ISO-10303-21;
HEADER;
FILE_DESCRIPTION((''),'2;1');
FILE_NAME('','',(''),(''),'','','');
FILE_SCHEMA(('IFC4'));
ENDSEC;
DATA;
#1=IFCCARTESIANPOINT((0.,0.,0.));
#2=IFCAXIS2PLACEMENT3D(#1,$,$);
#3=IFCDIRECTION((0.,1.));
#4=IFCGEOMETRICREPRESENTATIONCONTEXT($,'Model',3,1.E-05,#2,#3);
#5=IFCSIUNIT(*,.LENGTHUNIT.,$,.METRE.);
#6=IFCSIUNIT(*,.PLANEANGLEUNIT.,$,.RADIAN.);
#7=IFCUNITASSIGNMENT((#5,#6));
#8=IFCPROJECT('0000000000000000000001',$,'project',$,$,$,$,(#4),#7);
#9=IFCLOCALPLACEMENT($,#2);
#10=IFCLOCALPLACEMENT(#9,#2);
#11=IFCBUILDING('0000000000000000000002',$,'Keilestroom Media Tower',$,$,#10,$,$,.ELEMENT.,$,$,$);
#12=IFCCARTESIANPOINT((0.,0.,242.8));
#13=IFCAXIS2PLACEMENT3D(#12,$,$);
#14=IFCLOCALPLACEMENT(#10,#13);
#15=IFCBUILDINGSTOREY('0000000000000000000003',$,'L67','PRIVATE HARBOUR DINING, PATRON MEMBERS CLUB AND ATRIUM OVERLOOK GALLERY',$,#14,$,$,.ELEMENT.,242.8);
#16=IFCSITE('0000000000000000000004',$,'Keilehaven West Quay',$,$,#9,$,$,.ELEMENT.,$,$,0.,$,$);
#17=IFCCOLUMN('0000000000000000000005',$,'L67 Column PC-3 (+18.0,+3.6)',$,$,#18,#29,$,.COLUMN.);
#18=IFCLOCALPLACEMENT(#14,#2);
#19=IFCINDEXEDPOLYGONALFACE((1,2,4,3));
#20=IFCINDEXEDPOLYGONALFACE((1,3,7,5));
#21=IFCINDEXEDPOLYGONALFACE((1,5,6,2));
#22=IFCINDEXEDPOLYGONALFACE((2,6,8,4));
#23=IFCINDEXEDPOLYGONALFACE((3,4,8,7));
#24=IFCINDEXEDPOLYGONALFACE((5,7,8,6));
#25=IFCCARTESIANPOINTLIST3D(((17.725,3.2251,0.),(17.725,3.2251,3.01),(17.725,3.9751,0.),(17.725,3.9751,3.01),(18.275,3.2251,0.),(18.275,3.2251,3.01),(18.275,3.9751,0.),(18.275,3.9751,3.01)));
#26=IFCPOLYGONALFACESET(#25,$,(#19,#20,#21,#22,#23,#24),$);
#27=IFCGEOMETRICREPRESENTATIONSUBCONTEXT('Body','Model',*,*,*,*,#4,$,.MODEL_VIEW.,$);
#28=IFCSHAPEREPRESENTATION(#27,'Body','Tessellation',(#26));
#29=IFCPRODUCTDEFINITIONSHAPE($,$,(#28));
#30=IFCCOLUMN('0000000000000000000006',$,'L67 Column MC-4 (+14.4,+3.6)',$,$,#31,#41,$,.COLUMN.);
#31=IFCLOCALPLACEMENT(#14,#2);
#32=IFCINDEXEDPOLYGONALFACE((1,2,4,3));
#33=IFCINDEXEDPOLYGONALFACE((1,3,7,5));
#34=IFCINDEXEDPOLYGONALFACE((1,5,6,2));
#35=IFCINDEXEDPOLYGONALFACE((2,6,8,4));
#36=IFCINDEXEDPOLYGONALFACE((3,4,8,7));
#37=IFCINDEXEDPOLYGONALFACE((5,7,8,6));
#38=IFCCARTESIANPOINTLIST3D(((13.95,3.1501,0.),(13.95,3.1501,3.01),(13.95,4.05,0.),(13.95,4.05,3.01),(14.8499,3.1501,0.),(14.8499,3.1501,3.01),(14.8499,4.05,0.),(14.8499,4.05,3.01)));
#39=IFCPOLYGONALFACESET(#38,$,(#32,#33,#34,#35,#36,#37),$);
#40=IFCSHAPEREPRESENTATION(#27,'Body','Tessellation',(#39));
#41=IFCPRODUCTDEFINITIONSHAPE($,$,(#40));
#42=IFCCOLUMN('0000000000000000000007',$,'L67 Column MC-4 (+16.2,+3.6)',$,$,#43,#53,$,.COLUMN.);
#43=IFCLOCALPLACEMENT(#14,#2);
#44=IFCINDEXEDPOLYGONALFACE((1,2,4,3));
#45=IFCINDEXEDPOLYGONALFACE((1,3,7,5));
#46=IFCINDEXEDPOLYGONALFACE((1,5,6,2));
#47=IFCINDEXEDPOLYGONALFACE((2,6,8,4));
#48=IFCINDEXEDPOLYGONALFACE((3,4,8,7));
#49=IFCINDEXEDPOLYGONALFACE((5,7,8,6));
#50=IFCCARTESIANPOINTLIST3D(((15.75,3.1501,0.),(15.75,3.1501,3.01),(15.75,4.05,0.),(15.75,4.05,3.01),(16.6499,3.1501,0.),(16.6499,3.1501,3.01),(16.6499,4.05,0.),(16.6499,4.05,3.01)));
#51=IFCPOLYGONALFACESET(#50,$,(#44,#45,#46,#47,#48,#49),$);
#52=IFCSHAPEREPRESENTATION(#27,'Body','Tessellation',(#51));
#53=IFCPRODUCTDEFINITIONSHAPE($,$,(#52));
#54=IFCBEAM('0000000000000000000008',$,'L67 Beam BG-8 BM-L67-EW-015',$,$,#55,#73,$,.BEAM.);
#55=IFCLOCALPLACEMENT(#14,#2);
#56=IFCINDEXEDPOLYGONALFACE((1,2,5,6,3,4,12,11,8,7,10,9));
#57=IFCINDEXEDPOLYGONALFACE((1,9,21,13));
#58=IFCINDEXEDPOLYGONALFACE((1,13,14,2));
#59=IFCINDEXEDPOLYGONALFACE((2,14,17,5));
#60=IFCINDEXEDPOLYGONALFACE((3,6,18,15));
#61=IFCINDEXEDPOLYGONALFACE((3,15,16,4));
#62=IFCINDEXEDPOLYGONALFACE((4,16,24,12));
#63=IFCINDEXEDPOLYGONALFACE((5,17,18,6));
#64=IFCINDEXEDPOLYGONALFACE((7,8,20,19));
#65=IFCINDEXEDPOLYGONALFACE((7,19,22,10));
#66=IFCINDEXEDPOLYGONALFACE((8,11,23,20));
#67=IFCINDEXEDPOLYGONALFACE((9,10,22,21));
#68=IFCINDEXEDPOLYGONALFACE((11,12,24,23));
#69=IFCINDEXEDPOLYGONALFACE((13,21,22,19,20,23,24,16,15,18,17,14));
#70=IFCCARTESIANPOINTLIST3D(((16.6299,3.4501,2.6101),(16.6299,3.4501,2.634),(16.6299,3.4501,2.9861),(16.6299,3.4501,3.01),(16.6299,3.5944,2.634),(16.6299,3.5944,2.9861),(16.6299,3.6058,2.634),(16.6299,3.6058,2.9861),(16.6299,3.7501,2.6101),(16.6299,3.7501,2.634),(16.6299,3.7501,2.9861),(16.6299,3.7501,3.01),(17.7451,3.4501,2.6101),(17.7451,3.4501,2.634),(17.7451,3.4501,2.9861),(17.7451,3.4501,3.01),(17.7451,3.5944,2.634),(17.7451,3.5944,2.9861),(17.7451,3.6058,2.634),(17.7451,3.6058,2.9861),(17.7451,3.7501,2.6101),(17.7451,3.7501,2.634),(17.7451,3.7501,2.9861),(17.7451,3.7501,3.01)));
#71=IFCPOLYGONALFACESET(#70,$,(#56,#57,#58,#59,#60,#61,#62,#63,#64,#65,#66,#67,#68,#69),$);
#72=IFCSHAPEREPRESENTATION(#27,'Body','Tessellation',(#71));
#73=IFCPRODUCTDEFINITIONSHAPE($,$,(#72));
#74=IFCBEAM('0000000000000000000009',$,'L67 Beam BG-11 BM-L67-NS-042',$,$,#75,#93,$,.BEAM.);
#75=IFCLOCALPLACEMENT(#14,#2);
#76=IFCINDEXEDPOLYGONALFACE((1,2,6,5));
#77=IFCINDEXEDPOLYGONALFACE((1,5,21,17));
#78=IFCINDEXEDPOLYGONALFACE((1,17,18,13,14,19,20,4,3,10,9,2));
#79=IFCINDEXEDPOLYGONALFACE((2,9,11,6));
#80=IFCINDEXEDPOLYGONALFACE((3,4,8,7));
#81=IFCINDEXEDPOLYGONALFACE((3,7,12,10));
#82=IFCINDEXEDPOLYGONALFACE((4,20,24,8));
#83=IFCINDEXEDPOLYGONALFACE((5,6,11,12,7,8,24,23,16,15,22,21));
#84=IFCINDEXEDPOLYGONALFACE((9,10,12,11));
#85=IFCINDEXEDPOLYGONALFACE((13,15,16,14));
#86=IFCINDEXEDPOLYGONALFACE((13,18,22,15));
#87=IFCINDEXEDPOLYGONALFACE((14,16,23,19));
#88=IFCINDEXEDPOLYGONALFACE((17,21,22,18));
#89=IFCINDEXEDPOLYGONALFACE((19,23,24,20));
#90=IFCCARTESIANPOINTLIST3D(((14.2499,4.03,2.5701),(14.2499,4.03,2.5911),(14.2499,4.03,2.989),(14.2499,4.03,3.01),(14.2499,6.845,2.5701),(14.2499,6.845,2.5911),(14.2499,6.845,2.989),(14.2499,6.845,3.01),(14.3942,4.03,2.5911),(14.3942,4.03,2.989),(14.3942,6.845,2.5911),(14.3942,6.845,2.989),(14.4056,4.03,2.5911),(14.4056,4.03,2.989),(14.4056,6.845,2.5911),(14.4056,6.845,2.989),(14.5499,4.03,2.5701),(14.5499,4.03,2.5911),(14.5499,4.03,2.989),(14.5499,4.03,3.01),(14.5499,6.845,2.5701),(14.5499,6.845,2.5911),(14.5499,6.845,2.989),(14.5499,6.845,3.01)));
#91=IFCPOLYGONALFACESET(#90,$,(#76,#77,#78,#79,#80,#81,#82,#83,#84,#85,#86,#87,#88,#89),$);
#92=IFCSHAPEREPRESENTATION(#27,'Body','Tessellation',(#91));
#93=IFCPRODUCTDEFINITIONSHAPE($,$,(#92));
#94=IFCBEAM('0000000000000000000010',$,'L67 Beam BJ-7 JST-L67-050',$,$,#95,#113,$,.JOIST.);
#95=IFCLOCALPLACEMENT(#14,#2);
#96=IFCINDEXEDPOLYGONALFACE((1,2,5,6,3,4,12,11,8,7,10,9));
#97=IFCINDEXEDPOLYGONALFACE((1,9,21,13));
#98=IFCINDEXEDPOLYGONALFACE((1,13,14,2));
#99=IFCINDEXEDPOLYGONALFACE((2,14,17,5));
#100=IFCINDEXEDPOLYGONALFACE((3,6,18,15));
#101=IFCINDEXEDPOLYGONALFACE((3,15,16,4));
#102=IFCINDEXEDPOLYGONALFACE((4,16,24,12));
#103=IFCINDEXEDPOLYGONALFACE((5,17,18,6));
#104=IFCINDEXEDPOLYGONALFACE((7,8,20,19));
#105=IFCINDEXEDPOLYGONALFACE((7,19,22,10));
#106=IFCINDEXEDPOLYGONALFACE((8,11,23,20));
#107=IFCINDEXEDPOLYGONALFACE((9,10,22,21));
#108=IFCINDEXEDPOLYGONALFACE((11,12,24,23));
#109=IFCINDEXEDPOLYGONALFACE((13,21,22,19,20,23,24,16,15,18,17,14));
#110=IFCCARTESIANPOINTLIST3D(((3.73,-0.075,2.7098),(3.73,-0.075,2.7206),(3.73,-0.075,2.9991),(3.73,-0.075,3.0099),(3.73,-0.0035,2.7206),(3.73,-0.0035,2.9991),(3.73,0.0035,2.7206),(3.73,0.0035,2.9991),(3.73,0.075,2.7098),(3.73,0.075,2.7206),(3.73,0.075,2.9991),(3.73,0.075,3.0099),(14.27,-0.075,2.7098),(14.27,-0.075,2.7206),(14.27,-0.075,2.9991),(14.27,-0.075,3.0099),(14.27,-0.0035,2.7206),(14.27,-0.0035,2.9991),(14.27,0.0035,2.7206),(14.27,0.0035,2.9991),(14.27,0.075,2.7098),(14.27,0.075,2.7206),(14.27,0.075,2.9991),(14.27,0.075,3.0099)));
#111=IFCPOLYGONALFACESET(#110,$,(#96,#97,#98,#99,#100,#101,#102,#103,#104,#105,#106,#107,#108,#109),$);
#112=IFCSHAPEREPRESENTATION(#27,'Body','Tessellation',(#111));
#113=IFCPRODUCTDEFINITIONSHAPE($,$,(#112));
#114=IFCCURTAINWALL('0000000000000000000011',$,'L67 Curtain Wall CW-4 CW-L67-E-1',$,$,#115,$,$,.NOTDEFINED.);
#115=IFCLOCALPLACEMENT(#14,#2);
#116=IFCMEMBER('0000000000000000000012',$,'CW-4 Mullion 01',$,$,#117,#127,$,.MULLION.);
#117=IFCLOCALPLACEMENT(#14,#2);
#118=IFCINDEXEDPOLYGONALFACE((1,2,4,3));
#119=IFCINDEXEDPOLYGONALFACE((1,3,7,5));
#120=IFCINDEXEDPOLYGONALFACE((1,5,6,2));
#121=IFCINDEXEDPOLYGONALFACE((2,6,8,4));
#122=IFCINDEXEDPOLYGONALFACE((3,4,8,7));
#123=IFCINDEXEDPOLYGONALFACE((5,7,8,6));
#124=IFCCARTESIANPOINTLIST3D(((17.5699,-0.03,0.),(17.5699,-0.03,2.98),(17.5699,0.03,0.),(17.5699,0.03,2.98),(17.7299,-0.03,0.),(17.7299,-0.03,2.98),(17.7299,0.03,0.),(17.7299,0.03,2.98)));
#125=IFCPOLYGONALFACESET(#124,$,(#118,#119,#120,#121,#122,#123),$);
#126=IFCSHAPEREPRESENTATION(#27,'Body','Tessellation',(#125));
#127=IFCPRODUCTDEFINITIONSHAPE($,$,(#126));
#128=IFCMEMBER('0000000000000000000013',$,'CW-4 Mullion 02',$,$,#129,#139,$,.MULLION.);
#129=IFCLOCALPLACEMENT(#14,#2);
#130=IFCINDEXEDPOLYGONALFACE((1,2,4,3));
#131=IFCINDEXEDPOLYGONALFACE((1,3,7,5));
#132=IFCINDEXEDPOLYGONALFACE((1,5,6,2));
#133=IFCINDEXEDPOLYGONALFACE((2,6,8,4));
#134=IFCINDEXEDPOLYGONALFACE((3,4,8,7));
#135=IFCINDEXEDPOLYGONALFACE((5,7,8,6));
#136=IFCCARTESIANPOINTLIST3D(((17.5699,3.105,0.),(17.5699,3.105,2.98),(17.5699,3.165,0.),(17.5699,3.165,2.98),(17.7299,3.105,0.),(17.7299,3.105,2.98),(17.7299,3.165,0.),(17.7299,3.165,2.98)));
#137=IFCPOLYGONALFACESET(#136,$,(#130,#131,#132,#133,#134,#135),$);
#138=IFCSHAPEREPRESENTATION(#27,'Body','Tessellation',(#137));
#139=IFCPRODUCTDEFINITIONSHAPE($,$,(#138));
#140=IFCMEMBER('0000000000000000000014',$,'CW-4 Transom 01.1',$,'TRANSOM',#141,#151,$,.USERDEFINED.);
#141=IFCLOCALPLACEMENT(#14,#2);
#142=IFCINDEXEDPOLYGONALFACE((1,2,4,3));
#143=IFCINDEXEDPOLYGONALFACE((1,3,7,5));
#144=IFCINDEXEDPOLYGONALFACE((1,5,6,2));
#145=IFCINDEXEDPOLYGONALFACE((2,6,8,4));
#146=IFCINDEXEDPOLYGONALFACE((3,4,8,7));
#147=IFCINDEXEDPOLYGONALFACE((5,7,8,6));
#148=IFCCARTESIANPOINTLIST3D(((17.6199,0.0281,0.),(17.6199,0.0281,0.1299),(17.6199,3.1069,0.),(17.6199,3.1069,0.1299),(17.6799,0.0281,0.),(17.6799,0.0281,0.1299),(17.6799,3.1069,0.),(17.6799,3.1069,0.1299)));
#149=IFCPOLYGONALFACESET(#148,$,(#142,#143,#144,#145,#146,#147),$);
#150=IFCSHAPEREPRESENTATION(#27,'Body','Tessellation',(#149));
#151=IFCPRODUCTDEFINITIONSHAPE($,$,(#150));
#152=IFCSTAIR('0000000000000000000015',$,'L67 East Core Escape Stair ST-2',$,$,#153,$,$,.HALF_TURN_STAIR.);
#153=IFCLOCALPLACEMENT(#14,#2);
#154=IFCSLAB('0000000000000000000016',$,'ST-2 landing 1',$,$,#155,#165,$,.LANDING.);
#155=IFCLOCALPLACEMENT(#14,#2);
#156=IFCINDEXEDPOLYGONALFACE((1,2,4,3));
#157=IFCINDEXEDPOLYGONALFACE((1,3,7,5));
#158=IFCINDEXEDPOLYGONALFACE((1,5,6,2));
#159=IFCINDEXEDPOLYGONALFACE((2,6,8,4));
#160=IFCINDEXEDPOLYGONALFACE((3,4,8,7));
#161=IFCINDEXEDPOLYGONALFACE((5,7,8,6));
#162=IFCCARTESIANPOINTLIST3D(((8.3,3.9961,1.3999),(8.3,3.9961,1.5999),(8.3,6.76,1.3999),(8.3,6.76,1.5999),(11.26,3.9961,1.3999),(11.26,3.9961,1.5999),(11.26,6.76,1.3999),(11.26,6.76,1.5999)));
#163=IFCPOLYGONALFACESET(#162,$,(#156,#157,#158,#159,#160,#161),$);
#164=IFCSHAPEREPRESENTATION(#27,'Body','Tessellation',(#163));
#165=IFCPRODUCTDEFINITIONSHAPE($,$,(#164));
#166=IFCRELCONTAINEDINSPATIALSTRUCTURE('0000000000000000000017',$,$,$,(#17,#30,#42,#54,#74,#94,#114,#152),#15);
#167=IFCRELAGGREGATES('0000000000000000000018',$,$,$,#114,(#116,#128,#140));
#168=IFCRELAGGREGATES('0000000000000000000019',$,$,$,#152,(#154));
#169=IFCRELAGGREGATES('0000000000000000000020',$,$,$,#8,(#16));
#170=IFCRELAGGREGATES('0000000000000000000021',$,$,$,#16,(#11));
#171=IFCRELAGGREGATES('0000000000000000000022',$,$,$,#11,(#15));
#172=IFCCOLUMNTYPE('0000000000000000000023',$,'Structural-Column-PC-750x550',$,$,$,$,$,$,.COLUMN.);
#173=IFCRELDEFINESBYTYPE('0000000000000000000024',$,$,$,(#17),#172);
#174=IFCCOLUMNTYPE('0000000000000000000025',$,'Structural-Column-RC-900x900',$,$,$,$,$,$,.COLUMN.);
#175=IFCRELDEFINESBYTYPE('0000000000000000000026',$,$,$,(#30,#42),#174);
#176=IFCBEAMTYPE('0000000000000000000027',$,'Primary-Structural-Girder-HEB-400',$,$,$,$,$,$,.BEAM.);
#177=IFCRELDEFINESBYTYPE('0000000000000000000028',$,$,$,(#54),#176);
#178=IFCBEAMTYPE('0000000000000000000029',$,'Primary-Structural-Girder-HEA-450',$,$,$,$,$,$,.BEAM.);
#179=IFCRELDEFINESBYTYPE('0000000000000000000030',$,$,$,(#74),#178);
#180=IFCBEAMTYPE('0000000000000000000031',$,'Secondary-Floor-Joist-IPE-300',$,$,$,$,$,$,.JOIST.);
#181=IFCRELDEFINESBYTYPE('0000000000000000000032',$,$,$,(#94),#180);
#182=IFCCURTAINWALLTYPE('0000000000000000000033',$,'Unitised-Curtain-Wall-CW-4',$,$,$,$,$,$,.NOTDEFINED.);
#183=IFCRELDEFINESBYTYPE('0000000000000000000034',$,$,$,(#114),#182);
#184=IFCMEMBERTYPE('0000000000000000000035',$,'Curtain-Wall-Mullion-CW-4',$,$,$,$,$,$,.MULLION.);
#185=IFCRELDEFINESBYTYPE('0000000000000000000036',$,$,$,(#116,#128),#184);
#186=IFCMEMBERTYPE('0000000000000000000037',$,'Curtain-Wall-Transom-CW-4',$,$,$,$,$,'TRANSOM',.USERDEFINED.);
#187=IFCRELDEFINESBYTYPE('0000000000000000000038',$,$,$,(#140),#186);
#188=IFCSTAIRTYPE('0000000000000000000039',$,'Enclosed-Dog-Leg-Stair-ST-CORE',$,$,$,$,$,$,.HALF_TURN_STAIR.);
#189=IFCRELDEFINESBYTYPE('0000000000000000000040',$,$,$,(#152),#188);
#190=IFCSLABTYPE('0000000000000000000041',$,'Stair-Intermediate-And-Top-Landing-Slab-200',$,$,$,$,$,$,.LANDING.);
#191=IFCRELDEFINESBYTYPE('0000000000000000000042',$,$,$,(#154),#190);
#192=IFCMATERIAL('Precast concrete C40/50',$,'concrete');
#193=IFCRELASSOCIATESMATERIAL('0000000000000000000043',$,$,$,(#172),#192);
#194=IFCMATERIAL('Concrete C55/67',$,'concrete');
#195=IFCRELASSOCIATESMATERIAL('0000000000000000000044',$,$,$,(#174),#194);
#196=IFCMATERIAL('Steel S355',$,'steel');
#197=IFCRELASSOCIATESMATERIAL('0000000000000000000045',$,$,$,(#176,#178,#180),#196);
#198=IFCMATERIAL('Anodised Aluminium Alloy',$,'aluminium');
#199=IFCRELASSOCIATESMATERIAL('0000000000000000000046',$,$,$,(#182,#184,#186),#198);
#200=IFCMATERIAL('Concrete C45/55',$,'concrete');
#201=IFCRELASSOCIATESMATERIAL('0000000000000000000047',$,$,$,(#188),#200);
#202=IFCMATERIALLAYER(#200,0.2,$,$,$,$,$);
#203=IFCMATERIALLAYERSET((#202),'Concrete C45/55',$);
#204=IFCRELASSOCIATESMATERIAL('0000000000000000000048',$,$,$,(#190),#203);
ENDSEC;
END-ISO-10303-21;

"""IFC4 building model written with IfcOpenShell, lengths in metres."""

from ifc_helpers import new_model, si_unit, direction, frame, origin, origin_2d, place, context, subcontext, project, spatial, polyline, rectangle, i_section, outline, extrude, source, transform, mapped, material, layer, layer_set, material_profile, profile_set, type_object, element, aggregate, save


model = new_model("IFC4")

# Units and contexts
model_context = context("Model", 3, precision=1e-05, world=origin(), true_north=direction((0.0, 1.0)))
body_context = subcontext(model_context, "Body", "Model", "MODEL_VIEW")
ifc_project = project(units=[si_unit("LENGTHUNIT", "METRE"), si_unit("PLANEANGLEUNIT", "RADIAN")], contexts=[model_context])

# Site, building, storey
site_placement = place(None, origin())
site = spatial("IfcSite", under=ifc_project, at=site_placement, Name="Keilehaven West Quay", CompositionType="ELEMENT", RefElevation=0.0)
building_placement = place(site_placement, origin())
building = spatial("IfcBuilding", under=site, at=building_placement, Name="Keilestroom Media Tower", CompositionType="ELEMENT")
storey_placement = place(building_placement, frame((0.0, 0.0, 242.8)))
storey = spatial("IfcBuildingStorey", under=building, at=storey_placement, Name="L67", Description="PRIVATE HARBOUR DINING, PATRON MEMBERS CLUB AND ATRIUM OVERLOOK GALLERY", CompositionType="ELEMENT", Elevation=242.8)

# Columns
ifc_material_1 = material(Name="Precast concrete C40/50", Category="concrete")
ifc_material_profile_1 = material_profile(ifc_material_1, rectangle(XDim=0.55, YDim=0.75, at=origin_2d()), Name="PC 750x550")
ifc_profile_set_1 = profile_set([ifc_material_profile_1], Name="Precast concrete C40/50")
column_type_1 = type_object("IfcColumnType", Name="Structural-Column-PC-750x550", PredefinedType="COLUMN", material=ifc_profile_set_1)
shared_shape_1 = source(origin(), body_context, "Body", "SweptSolid", [
    extrude(rectangle(XDim=0.55, YDim=0.75, at=origin_2d()), origin(), (0.0, 0.0, 1.0), 3.01),
])
column_placement = place(storey_placement, frame((18.0, 3.6001, 0.0), z_axis=(0.0, 0.0, 1.0), x_axis=(1.0, 0.0, 0.0)))
element("IfcColumn", 1, at=column_placement, inside=storey, type_object=column_type_1, Name="L67 Column PC-3 (+18.0,+3.6)", PredefinedType="COLUMN", context=body_context, shape_type="MappedRepresentation", body=[
    mapped(shared_shape_1, transform((0.0, 0.0, 0.0), x_axis=(1.0, 0.0, 0.0), y_axis=(0.0, 1.0, 0.0), z_axis=(0.0, 0.0, 1.0), scale=1.0)),
])
ifc_material_2 = material(Name="Concrete C55/67", Category="concrete")
ifc_material_profile_2 = material_profile(ifc_material_2, rectangle(XDim=0.8999, YDim=0.8999, at=origin_2d()), Name="RC 900x900")
ifc_profile_set_2 = profile_set([ifc_material_profile_2], Name="Concrete C55/67")
column_type_2 = type_object("IfcColumnType", Name="Structural-Column-RC-900x900", PredefinedType="COLUMN", material=ifc_profile_set_2)
shared_shape_2 = source(origin(), body_context, "Body", "SweptSolid", [
    extrude(rectangle(XDim=0.8999, YDim=0.8999, at=origin_2d()), origin(), (0.0, 0.0, 1.0), 3.01),
])
for number, where, z_axis, x_axis, name in (
    (2, (14.3999, 3.6001, 0.0), (0.0, 0.0, 1.0), (1.0, 0.0, 0.0), "L67 Column MC-4 (+14.4,+3.6)"),
    (3, (16.2, 3.6001, 0.0), (0.0, 0.0, 1.0), (1.0, 0.0, 0.0), "L67 Column MC-4 (+16.2,+3.6)"),
):
    element("IfcColumn", number, at=place(storey_placement, frame(where, z_axis=z_axis, x_axis=x_axis)), inside=storey, type_object=column_type_2, Name=name, PredefinedType="COLUMN", context=body_context, shape_type="MappedRepresentation", body=[
        mapped(shared_shape_2, transform((0.0, 0.0, 0.0), x_axis=(1.0, 0.0, 0.0), y_axis=(0.0, 1.0, 0.0), z_axis=(0.0, 0.0, 1.0), scale=1.0)),
    ])

# Beams
ifc_material_3 = material(Name="Steel S355", Category="steel")
ifc_material_profile_3 = material_profile(ifc_material_3, i_section(OverallWidth=0.3, OverallDepth=0.3999, WebThickness=0.0115, FlangeThickness=0.0239, at=origin_2d()), Name="HEB 400")
ifc_profile_set_3 = profile_set([ifc_material_profile_3], Name="Steel S355")
beam_type_1 = type_object("IfcBeamType", Name="Primary-Structural-Girder-HEB-400", PredefinedType="BEAM", material=ifc_profile_set_3)
shared_shape_3 = source(origin(), body_context, "Body", "SweptSolid", [
    extrude(i_section(OverallWidth=0.3, OverallDepth=0.3999, WebThickness=0.0115, FlangeThickness=0.0239, at=origin_2d()), origin(), (0.0, 0.0, 1.0), 1.1152),
])
beam_1_placement = place(storey_placement, frame((16.6299, 3.6001, 2.8101), z_axis=(1.0, 0.0, 0.0), x_axis=(0.0, 1.0, 0.0)))
element("IfcBeam", 4, at=beam_1_placement, inside=storey, type_object=beam_type_1, Name="L67 Beam BG-8 BM-L67-EW-015", PredefinedType="BEAM", context=body_context, shape_type="MappedRepresentation", body=[
    mapped(shared_shape_3, transform((0.0, 0.0, 0.0), x_axis=(1.0, 0.0, 0.0), y_axis=(0.0, 1.0, 0.0), z_axis=(0.0, 0.0, 1.0), scale=1.0)),
])
ifc_material_profile_4 = material_profile(ifc_material_3, i_section(OverallWidth=0.3, OverallDepth=0.4399, WebThickness=0.0115, FlangeThickness=0.021, at=origin_2d()), Name="HEA 450")
ifc_profile_set_4 = profile_set([ifc_material_profile_4], Name="Steel S355")
beam_type_2 = type_object("IfcBeamType", Name="Primary-Structural-Girder-HEA-450", PredefinedType="BEAM", material=ifc_profile_set_4)
shared_shape_4 = source(origin(), body_context, "Body", "SweptSolid", [
    extrude(i_section(OverallWidth=0.3, OverallDepth=0.4399, WebThickness=0.0115, FlangeThickness=0.021, at=origin_2d()), origin(), (0.0, 0.0, 1.0), 2.8149),
])
beam_2_placement = place(storey_placement, frame((14.3999, 4.03, 2.79), z_axis=(0.0, 1.0, 0.0), x_axis=(-1.0, 0.0, 0.0)))
element("IfcBeam", 5, at=beam_2_placement, inside=storey, type_object=beam_type_2, Name="L67 Beam BG-11 BM-L67-NS-042", PredefinedType="BEAM", context=body_context, shape_type="MappedRepresentation", body=[
    mapped(shared_shape_4, transform((0.0, 0.0, 0.0), x_axis=(1.0, 0.0, 0.0), y_axis=(0.0, 1.0, 0.0), z_axis=(0.0, 0.0, 1.0), scale=1.0)),
])
ifc_material_profile_5 = material_profile(ifc_material_3, i_section(OverallWidth=0.1499, OverallDepth=0.3, WebThickness=0.0071, FlangeThickness=0.0107, at=origin_2d()), Name="IPE 300")
ifc_profile_set_5 = profile_set([ifc_material_profile_5], Name="Steel S355")
beam_type_3 = type_object("IfcBeamType", Name="Secondary-Floor-Joist-IPE-300", PredefinedType="JOIST", material=ifc_profile_set_5)
shared_shape_5 = source(origin(), body_context, "Body", "SweptSolid", [
    extrude(i_section(OverallWidth=0.1499, OverallDepth=0.3, WebThickness=0.0071, FlangeThickness=0.0107, at=origin_2d()), origin(), (0.0, 0.0, 1.0), 10.54),
])
beam_3_placement = place(storey_placement, frame((3.73, 0.0, 2.8599), z_axis=(1.0, 0.0, 0.0), x_axis=(0.0, 1.0, 0.0)))
element("IfcBeam", 6, at=beam_3_placement, inside=storey, type_object=beam_type_3, Name="L67 Beam BJ-7 JST-L67-050", PredefinedType="JOIST", context=body_context, shape_type="MappedRepresentation", body=[
    mapped(shared_shape_5, transform((0.0, 0.0, 0.0), x_axis=(1.0, 0.0, 0.0), y_axis=(0.0, 1.0, 0.0), z_axis=(0.0, 0.0, 1.0), scale=1.0)),
])

# Curtain wall, members
ifc_material_4 = material(Name="Anodised Aluminium Alloy", Category="aluminium")
curtain_wall_type = type_object("IfcCurtainWallType", Name="Unitised-Curtain-Wall-CW-4", PredefinedType="NOTDEFINED", material=ifc_material_4)
curtain_wall_placement = place(storey_placement, origin())
curtain_wall = element("IfcCurtainWall", 7, at=curtain_wall_placement, inside=storey, type_object=curtain_wall_type, Name="L67 Curtain Wall CW-4 CW-L67-E-1", PredefinedType="NOTDEFINED")
ifc_material_profile_6 = material_profile(ifc_material_4, rectangle(XDim=0.0601, YDim=0.1599, at=origin_2d()), Name="ALU MULLION 60x160")
ifc_profile_set_6 = profile_set([ifc_material_profile_6], Name="Anodised Aluminium Alloy")
member_type_1 = type_object("IfcMemberType", Name="Curtain-Wall-Mullion-CW-4", PredefinedType="MULLION", material=ifc_profile_set_6)
shared_shape_6 = source(origin(), body_context, "Body", "SweptSolid", [
    extrude(rectangle(XDim=0.0601, YDim=0.1599, at=origin_2d()), origin(), (0.0, 0.0, 1.0), 2.98),
])
member_1_placement = place(storey_placement, frame((17.6499, 0.0, 0.0), z_axis=(0.0, 0.0, 1.0), x_axis=(0.0, 1.0, 0.0)))
member_1 = element("IfcMember", 8, at=member_1_placement, type_object=member_type_1, Name="CW-4 Mullion 01", PredefinedType="MULLION", context=body_context, shape_type="MappedRepresentation", body=[
    mapped(shared_shape_6, transform((0.0, 0.0, 0.0), x_axis=(1.0, 0.0, 0.0), y_axis=(0.0, 1.0, 0.0), z_axis=(0.0, 0.0, 1.0), scale=1.0)),
])
member_2_placement = place(storey_placement, frame((17.6499, 3.135, 0.0), z_axis=(0.0, 0.0, 1.0), x_axis=(0.0, 1.0, 0.0)))
member_2 = element("IfcMember", 9, at=member_2_placement, type_object=member_type_1, Name="CW-4 Mullion 02", PredefinedType="MULLION", context=body_context, shape_type="MappedRepresentation", body=[
    mapped(shared_shape_6, transform((0.0, 0.0, 0.0), x_axis=(1.0, 0.0, 0.0), y_axis=(0.0, 1.0, 0.0), z_axis=(0.0, 0.0, 1.0), scale=1.0)),
])
ifc_material_profile_7 = material_profile(ifc_material_4, rectangle(XDim=0.0601, YDim=0.1299, at=origin_2d()), Name="ALU TRANSOM 60x130")
ifc_profile_set_7 = profile_set([ifc_material_profile_7], Name="Anodised Aluminium Alloy")
member_type_2 = type_object("IfcMemberType", Name="Curtain-Wall-Transom-CW-4", ElementType="TRANSOM", PredefinedType="USERDEFINED", material=ifc_profile_set_7)
shared_shape_7 = source(origin(), body_context, "Body", "SweptSolid", [
    extrude(rectangle(XDim=0.0601, YDim=0.1299, at=origin_2d()), origin(), (0.0, 0.0, 1.0), 3.0789),
])
member_3_placement = place(storey_placement, frame((17.6499, 0.0281, 0.0649), z_axis=(0.0, 1.0, 0.0), x_axis=(-1.0, 0.0, 0.0)))
member_3 = element("IfcMember", 10, at=member_3_placement, type_object=member_type_2, Name="CW-4 Transom 01.1", ObjectType="TRANSOM", PredefinedType="USERDEFINED", context=body_context, shape_type="MappedRepresentation", body=[
    mapped(shared_shape_7, transform((0.0, 0.0, 0.0), x_axis=(1.0, 0.0, 0.0), y_axis=(0.0, 1.0, 0.0), z_axis=(0.0, 0.0, 1.0), scale=1.0)),
])

# Stair, slab
ifc_material_5 = material(Name="Concrete C45/55", Category="concrete")
stair_type = type_object("IfcStairType", Name="Enclosed-Dog-Leg-Stair-ST-CORE", PredefinedType="HALF_TURN_STAIR", material=ifc_material_5)
stair_placement = place(storey_placement, origin())
stair = element("IfcStair", 11, at=stair_placement, inside=storey, type_object=stair_type, Name="L67 East Core Escape Stair ST-2", PredefinedType="HALF_TURN_STAIR")
ifc_layer_1 = layer(ifc_material_5, 0.2)
ifc_layer_set_1 = layer_set([ifc_layer_1], Name="Concrete C45/55")
slab_type = type_object("IfcSlabType", Name="Stair-Intermediate-And-Top-Landing-Slab-200", PredefinedType="LANDING", material=ifc_layer_set_1)
slab_placement = place(storey_placement, frame((0.0, 0.0, 1.3999)))
slab = element("IfcSlab", 12, at=slab_placement, type_object=slab_type, Name="ST-2 landing 1", PredefinedType="LANDING", context=body_context, shape_type="SweptSolid", body=[
    extrude(outline(polyline([(11.26, 3.9961), (11.26, 6.76), (8.3, 6.76), (8.3, 3.9961), (11.26, 3.9961)])), origin(), (0.0, 0.0, 1.0), 0.2),
])

aggregate(curtain_wall, [member_1, member_2, member_3])

aggregate(stair, [slab])

save(model, "model.ifc")
